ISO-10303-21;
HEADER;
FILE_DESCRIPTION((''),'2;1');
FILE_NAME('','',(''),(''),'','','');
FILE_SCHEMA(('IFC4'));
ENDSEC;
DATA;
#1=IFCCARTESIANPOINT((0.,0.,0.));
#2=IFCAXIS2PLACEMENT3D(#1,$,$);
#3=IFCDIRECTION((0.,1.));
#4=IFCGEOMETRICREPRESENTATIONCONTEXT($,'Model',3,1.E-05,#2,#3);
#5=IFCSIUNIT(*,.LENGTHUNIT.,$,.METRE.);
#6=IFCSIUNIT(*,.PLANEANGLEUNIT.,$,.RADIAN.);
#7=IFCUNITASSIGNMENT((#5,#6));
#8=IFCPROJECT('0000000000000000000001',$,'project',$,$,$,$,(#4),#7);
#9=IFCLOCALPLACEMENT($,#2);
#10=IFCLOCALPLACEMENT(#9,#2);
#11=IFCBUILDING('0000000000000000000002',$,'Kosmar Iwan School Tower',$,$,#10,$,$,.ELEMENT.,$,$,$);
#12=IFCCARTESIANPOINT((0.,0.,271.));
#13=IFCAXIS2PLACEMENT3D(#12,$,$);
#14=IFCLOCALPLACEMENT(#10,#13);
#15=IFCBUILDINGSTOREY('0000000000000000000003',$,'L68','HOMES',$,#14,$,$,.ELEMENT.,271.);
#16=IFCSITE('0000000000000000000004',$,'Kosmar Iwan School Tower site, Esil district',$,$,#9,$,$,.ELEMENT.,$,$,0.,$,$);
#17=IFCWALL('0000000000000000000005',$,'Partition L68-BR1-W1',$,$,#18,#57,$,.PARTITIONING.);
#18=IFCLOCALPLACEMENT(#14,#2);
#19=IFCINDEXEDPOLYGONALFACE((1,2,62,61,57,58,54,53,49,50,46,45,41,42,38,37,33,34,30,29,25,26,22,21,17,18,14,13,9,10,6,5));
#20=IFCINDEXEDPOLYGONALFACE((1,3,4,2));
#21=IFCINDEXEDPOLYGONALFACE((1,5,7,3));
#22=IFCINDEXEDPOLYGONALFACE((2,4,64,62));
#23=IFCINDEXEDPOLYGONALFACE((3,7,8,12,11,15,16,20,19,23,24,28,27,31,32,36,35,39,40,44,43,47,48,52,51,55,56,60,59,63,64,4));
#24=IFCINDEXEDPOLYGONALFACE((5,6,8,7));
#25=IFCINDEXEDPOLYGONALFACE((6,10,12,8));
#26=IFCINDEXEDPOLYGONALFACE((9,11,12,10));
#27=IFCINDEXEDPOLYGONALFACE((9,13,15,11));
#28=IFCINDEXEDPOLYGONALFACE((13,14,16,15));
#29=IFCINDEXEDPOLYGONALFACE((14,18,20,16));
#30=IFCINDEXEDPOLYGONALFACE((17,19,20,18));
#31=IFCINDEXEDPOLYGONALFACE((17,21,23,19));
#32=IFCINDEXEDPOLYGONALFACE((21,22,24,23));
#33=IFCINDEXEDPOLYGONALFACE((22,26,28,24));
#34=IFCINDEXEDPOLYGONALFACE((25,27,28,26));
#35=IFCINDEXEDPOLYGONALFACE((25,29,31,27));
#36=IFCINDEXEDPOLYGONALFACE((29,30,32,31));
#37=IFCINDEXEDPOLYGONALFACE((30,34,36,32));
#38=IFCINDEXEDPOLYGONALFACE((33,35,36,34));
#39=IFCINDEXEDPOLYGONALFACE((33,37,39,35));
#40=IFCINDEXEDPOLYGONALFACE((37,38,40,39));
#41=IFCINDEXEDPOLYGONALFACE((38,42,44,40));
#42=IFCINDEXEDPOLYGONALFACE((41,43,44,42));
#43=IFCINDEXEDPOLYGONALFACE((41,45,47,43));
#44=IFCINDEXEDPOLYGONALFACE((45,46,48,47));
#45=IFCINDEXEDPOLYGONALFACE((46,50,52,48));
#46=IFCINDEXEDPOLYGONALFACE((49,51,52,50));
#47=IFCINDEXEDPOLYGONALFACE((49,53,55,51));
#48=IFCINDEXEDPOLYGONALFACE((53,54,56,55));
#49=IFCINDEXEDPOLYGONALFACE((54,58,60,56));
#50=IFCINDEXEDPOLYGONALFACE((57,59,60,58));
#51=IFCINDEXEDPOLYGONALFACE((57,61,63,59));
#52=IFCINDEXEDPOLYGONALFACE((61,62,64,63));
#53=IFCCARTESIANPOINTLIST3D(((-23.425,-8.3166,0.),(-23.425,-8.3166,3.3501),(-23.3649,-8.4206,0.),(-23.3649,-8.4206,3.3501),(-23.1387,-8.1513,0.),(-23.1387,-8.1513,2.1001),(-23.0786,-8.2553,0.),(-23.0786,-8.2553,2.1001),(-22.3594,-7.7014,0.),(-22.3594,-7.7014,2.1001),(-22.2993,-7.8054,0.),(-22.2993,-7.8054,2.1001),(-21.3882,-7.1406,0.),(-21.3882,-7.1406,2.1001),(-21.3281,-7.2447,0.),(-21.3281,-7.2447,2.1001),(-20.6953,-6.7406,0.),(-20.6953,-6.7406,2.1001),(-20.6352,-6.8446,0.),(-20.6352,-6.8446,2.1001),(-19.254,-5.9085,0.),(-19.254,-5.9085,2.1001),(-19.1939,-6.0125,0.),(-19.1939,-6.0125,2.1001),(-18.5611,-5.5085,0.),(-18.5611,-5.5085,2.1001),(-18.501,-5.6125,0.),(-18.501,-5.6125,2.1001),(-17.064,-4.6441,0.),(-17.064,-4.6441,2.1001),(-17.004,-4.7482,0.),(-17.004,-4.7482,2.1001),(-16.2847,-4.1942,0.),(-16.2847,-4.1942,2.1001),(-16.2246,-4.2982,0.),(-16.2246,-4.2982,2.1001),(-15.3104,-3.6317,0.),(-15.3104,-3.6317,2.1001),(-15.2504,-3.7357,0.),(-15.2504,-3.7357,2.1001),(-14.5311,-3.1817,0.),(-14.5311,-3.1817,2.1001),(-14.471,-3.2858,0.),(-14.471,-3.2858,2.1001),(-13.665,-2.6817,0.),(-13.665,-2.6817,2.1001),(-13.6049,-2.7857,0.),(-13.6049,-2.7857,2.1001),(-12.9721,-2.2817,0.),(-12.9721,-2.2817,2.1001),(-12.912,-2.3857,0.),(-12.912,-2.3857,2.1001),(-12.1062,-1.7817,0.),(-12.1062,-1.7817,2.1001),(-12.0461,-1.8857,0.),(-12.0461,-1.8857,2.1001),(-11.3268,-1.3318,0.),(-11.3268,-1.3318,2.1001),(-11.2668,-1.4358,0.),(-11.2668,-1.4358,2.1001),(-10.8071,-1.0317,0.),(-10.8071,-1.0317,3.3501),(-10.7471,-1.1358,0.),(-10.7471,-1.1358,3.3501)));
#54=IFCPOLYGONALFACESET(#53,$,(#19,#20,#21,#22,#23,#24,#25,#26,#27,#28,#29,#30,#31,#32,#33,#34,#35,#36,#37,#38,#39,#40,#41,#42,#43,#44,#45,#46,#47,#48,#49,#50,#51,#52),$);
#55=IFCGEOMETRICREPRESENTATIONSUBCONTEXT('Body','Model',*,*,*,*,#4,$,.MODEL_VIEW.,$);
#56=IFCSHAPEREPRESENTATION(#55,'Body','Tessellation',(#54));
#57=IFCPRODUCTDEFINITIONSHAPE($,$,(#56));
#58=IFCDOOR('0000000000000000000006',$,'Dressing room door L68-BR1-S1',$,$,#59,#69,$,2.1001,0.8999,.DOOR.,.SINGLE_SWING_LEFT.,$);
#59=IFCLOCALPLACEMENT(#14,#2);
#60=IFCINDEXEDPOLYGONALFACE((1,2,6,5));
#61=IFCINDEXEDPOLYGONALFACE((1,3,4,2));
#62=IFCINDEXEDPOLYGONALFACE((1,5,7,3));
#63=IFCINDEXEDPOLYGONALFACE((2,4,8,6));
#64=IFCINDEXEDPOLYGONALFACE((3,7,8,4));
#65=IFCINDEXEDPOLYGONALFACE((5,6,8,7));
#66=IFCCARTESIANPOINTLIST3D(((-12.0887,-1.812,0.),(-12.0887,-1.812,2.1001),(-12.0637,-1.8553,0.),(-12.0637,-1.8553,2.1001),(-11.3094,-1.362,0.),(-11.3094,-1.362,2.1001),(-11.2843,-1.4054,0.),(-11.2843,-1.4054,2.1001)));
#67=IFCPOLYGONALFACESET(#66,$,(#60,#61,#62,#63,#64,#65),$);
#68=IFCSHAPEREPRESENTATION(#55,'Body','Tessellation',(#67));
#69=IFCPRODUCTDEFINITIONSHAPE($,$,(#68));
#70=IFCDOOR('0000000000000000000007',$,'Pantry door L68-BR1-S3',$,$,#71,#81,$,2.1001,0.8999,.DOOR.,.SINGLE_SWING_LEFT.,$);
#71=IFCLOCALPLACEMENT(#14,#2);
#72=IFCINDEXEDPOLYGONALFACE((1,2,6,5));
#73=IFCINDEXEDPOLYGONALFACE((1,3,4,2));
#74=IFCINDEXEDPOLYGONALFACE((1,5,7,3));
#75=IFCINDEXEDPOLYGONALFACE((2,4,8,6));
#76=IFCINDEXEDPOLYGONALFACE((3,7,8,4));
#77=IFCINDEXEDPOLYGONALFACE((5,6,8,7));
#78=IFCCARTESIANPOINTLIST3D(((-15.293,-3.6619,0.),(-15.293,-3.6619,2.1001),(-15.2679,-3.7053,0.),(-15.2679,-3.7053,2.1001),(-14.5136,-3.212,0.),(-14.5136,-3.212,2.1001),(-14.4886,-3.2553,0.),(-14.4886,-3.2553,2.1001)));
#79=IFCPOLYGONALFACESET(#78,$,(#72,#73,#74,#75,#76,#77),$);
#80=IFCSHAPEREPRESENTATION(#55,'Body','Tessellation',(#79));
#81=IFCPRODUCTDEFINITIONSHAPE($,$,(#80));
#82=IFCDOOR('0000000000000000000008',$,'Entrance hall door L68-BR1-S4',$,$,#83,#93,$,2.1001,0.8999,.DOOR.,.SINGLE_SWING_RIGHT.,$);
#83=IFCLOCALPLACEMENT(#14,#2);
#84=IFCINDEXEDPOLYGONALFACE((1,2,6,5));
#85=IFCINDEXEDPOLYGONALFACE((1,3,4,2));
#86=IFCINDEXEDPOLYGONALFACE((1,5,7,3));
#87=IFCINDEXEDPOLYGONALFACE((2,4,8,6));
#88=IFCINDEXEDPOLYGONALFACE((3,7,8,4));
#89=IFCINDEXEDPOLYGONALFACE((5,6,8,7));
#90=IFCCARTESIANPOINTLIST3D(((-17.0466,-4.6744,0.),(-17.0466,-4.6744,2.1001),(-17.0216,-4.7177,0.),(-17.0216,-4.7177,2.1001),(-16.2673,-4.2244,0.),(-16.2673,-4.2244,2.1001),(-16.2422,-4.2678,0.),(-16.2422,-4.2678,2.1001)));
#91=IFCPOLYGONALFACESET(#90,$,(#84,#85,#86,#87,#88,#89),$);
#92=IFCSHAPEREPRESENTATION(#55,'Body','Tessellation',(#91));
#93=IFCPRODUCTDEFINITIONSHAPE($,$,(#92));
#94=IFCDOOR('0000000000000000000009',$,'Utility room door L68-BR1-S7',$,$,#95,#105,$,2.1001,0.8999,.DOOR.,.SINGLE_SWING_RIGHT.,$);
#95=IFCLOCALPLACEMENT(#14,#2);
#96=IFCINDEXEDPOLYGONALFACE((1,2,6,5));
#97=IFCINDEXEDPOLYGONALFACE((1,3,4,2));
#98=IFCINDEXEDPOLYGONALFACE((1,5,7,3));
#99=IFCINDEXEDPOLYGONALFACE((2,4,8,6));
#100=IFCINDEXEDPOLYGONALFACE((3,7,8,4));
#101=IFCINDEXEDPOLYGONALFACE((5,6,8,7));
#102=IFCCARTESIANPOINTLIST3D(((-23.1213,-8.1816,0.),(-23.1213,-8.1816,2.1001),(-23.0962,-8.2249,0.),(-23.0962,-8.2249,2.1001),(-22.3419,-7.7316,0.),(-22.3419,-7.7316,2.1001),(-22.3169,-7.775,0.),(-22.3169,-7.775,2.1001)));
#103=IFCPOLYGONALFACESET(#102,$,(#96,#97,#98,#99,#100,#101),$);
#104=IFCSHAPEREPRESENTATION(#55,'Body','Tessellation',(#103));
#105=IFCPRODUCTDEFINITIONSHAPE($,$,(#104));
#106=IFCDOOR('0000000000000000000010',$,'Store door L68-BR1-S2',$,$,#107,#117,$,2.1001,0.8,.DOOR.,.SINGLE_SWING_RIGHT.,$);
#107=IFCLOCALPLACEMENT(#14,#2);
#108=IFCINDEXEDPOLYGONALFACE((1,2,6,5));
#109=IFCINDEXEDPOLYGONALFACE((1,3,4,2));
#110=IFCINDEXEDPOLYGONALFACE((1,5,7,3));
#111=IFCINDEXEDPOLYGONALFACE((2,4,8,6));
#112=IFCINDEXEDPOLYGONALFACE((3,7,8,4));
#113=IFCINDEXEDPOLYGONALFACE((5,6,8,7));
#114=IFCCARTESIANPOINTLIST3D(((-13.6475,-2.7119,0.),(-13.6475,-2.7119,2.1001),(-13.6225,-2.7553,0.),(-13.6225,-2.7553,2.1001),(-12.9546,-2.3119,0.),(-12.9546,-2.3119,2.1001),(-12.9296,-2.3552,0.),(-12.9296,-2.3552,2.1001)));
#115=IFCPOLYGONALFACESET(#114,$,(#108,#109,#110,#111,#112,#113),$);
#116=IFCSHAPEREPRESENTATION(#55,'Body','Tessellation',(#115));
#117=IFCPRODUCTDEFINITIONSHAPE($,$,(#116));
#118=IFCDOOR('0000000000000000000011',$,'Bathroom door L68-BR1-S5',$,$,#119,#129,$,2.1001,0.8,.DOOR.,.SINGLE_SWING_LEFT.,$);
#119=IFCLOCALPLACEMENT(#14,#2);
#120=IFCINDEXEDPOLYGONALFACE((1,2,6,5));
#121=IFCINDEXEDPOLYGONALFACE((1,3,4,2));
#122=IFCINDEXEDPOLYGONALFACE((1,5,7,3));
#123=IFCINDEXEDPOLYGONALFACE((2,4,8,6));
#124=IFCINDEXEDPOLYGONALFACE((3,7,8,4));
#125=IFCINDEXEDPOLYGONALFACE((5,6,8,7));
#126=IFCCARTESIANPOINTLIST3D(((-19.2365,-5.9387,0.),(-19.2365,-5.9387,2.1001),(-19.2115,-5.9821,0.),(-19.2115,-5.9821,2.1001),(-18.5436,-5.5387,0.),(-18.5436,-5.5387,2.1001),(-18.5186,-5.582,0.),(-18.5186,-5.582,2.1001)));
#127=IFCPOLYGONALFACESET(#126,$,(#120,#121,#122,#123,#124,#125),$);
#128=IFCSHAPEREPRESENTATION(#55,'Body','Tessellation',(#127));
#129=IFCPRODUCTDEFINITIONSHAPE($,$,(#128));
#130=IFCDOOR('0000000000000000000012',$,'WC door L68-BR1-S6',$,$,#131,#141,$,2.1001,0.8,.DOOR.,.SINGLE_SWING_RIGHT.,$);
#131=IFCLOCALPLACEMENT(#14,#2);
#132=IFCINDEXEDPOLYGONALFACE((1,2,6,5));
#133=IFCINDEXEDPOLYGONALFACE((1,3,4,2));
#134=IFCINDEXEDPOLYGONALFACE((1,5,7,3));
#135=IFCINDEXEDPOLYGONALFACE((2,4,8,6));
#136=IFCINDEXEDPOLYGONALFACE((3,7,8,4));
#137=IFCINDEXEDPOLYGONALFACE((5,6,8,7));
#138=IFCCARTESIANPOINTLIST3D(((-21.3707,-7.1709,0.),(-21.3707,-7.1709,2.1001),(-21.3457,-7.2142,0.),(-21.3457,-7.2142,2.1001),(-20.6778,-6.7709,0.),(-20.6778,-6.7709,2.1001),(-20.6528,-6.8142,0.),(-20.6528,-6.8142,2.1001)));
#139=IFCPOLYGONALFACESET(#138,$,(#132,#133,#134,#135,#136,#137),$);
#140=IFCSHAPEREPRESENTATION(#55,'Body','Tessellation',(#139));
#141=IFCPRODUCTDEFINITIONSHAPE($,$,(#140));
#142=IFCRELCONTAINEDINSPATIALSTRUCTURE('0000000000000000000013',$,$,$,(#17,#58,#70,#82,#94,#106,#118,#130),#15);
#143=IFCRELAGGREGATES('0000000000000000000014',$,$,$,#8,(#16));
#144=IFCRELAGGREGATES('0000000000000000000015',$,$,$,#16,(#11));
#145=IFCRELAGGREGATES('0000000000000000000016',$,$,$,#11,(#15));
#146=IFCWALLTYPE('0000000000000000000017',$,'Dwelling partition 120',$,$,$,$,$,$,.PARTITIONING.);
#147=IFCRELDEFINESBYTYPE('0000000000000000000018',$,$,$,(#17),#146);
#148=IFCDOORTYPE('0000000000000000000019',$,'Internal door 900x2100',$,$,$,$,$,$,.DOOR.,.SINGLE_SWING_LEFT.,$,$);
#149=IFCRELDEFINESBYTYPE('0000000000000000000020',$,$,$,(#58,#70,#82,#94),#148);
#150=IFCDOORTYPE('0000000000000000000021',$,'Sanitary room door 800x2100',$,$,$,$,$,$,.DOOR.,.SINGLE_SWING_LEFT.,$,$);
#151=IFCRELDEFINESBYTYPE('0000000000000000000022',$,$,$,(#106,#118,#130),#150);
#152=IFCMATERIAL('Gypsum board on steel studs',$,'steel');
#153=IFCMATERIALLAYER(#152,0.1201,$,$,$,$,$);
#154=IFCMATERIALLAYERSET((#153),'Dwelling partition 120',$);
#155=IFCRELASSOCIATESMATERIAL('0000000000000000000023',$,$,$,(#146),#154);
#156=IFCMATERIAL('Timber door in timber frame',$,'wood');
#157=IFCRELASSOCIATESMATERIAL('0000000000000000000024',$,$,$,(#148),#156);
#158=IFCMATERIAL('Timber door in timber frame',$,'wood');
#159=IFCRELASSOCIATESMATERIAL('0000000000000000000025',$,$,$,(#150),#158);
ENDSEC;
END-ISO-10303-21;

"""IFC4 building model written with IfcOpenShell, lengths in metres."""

from ifc_helpers import new_model, si_unit, direction, frame, frame_2d, origin, place, context, subcontext, project, spatial, rectangle, extrude, material, layer, layer_set, type_object, element, fill, save


model = new_model("IFC4")

# Units and contexts
model_context = context("Model", 3, precision=1e-05, world=origin(), true_north=direction((0.0, 1.0)))
body_context = subcontext(model_context, "Body", "Model", "MODEL_VIEW")
ifc_project = project(units=[si_unit("LENGTHUNIT", "METRE"), si_unit("PLANEANGLEUNIT", "RADIAN")], contexts=[model_context])

# Site, building, storey
site_placement = place(None, origin())
site = spatial("IfcSite", under=ifc_project, at=site_placement, Name="Kosmar Iwan School Tower site, Esil district", CompositionType="ELEMENT", RefElevation=0.0)
building_placement = place(site_placement, origin())
building = spatial("IfcBuilding", under=site, at=building_placement, Name="Kosmar Iwan School Tower", CompositionType="ELEMENT")
storey_placement = place(building_placement, frame((0.0, 0.0, 271.0)))
storey = spatial("IfcBuildingStorey", under=building, at=storey_placement, Name="L68", Description="HOMES", CompositionType="ELEMENT", Elevation=271.0)

# Wall, openings, doors
ifc_material_1 = material(Name="Gypsum board on steel studs", Category="steel")
ifc_layer_1 = layer(ifc_material_1, 0.1201)
ifc_layer_set_1 = layer_set([ifc_layer_1], Name="Dwelling partition 120")
wall_type_1 = type_object("IfcWallType", Name="Dwelling partition 120", PredefinedType="PARTITIONING", material=ifc_layer_set_1)
wall_1_placement = place(storey_placement, frame((-10.7771, -1.0837, 0.0), z_axis=(0.0, 0.0, 1.0), x_axis=(-0.866027, -0.499998, 0.0)))
wall_1 = element("IfcWall", 1, at=wall_1_placement, inside=storey, type_object=wall_type_1, Name="Partition L68-BR1-W1", PredefinedType="PARTITIONING", context=body_context, shape_type="SweptSolid", body=[
    extrude(rectangle(XDim=14.5698, YDim=0.1201, at=frame_2d((7.2849, 0.0))), origin(), (0.0, 0.0, 1.0), 3.3501),
])
opening_1_placement = place(wall_1_placement, frame((0.6001, 0.0, 0.0)))
opening_1 = element("IfcOpeningElement", 2, at=opening_1_placement, cuts=wall_1, PredefinedType="OPENING", context=body_context, shape_type="SweptSolid", body=[
    extrude(rectangle(XDim=0.8999, YDim=2.1001, at=frame_2d((0.45, 1.05))), frame((0.0, 0.072, 0.0), z_axis=(0.0, -1.0, 0.0), x_axis=(1.0, 0.0, 0.0)), (0.0, 0.0, 1.0), 0.144),
])
opening_2_placement = place(wall_1_placement, frame((2.5, 0.0, 0.0)))
opening_2 = element("IfcOpeningElement", 3, at=opening_2_placement, cuts=wall_1, PredefinedType="OPENING", context=body_context, shape_type="SweptSolid", body=[
    extrude(rectangle(XDim=0.8, YDim=2.1001, at=frame_2d((0.3999, 1.05))), frame((0.0, 0.072, 0.0), z_axis=(0.0, -1.0, 0.0), x_axis=(1.0, 0.0, 0.0)), (0.0, 0.0, 1.0), 0.144),
])
opening_3_placement = place(wall_1_placement, frame((4.3, 0.0, 0.0)))
opening_3 = element("IfcOpeningElement", 4, at=opening_3_placement, cuts=wall_1, PredefinedType="OPENING", context=body_context, shape_type="SweptSolid", body=[
    extrude(rectangle(XDim=0.8999, YDim=2.1001, at=frame_2d((0.45, 1.05))), frame((0.0, 0.072, 0.0), z_axis=(0.0, -1.0, 0.0), x_axis=(1.0, 0.0, 0.0)), (0.0, 0.0, 1.0), 0.144),
])
opening_4_placement = place(wall_1_placement, frame((6.325, 0.0, 0.0)))
opening_4 = element("IfcOpeningElement", 5, at=opening_4_placement, cuts=wall_1, PredefinedType="OPENING", context=body_context, shape_type="SweptSolid", body=[
    extrude(rectangle(XDim=0.8999, YDim=2.1001, at=frame_2d((0.45, 1.05))), frame((0.0, 0.072, 0.0), z_axis=(0.0, -1.0, 0.0), x_axis=(1.0, 0.0, 0.0)), (0.0, 0.0, 1.0), 0.144),
])
opening_5_placement = place(wall_1_placement, frame((8.9536, 0.0, 0.0)))
opening_5 = element("IfcOpeningElement", 6, at=opening_5_placement, cuts=wall_1, PredefinedType="OPENING", context=body_context, shape_type="SweptSolid", body=[
    extrude(rectangle(XDim=0.8, YDim=2.1001, at=frame_2d((0.3999, 1.05))), frame((0.0, 0.072, 0.0), z_axis=(0.0, -1.0, 0.0), x_axis=(1.0, 0.0, 0.0)), (0.0, 0.0, 1.0), 0.144),
])
opening_6_placement = place(wall_1_placement, frame((11.418, 0.0, 0.0)))
opening_6 = element("IfcOpeningElement", 7, at=opening_6_placement, cuts=wall_1, PredefinedType="OPENING", context=body_context, shape_type="SweptSolid", body=[
    extrude(rectangle(XDim=0.8, YDim=2.1001, at=frame_2d((0.3999, 1.05))), frame((0.0, 0.072, 0.0), z_axis=(0.0, -1.0, 0.0), x_axis=(1.0, 0.0, 0.0)), (0.0, 0.0, 1.0), 0.144),
])
opening_7_placement = place(wall_1_placement, frame((13.3394, 0.0, 0.0)))
opening_7 = element("IfcOpeningElement", 8, at=opening_7_placement, cuts=wall_1, PredefinedType="OPENING", context=body_context, shape_type="SweptSolid", body=[
    extrude(rectangle(XDim=0.8999, YDim=2.1001, at=frame_2d((0.45, 1.05))), frame((0.0, 0.072, 0.0), z_axis=(0.0, -1.0, 0.0), x_axis=(1.0, 0.0, 0.0)), (0.0, 0.0, 1.0), 0.144),
])
ifc_material_2 = material(Name="Timber door in timber frame", Category="wood")
door_type_1 = type_object("IfcDoorType", Name="Internal door 900x2100", OperationType="SINGLE_SWING_LEFT", PredefinedType="DOOR", material=ifc_material_2)
door_1_placement = place(opening_1_placement, origin())
door_1 = element("IfcDoor", 9, at=door_1_placement, inside=storey, type_object=door_type_1, Name="Dressing room door L68-BR1-S1", OperationType="SINGLE_SWING_LEFT", OverallHeight=2.1001, OverallWidth=0.8999, PredefinedType="DOOR", context=body_context, shape_type="SweptSolid", body=[
    extrude(rectangle(XDim=0.8999, YDim=2.1001, at=frame_2d((0.45, 1.05))), frame((0.0, 0.0249, 0.0), z_axis=(0.0, -1.0, 0.0), x_axis=(1.0, 0.0, 0.0)), (0.0, 0.0, 1.0), 0.05),
])
fill(opening_1, door_1)
door_2_placement = place(opening_3_placement, origin())
door_2 = element("IfcDoor", 10, at=door_2_placement, inside=storey, type_object=door_type_1, Name="Pantry door L68-BR1-S3", OperationType="SINGLE_SWING_LEFT", OverallHeight=2.1001, OverallWidth=0.8999, PredefinedType="DOOR", context=body_context, shape_type="SweptSolid", body=[
    extrude(rectangle(XDim=0.8999, YDim=2.1001, at=frame_2d((0.45, 1.05))), frame((0.0, 0.0249, 0.0), z_axis=(0.0, -1.0, 0.0), x_axis=(1.0, 0.0, 0.0)), (0.0, 0.0, 1.0), 0.05),
])
fill(opening_3, door_2)
door_3_placement = place(opening_4_placement, origin())
door_3 = element("IfcDoor", 11, at=door_3_placement, inside=storey, type_object=door_type_1, Name="Entrance hall door L68-BR1-S4", OperationType="SINGLE_SWING_RIGHT", OverallHeight=2.1001, OverallWidth=0.8999, PredefinedType="DOOR", context=body_context, shape_type="SweptSolid", body=[
    extrude(rectangle(XDim=0.8999, YDim=2.1001, at=frame_2d((0.45, 1.05))), frame((0.0, 0.0249, 0.0), z_axis=(0.0, -1.0, 0.0), x_axis=(1.0, 0.0, 0.0)), (0.0, 0.0, 1.0), 0.05),
])
fill(opening_4, door_3)
door_4_placement = place(opening_7_placement, origin())
door_4 = element("IfcDoor", 12, at=door_4_placement, inside=storey, type_object=door_type_1, Name="Utility room door L68-BR1-S7", OperationType="SINGLE_SWING_RIGHT", OverallHeight=2.1001, OverallWidth=0.8999, PredefinedType="DOOR", context=body_context, shape_type="SweptSolid", body=[
    extrude(rectangle(XDim=0.8999, YDim=2.1001, at=frame_2d((0.45, 1.05))), frame((0.0, 0.0249, 0.0), z_axis=(0.0, -1.0, 0.0), x_axis=(1.0, 0.0, 0.0)), (0.0, 0.0, 1.0), 0.05),
])
fill(opening_7, door_4)
ifc_material_3 = material(Name="Timber door in timber frame", Category="wood")
door_type_2 = type_object("IfcDoorType", Name="Sanitary room door 800x2100", OperationType="SINGLE_SWING_LEFT", PredefinedType="DOOR", material=ifc_material_3)
door_5_placement = place(opening_2_placement, origin())
door_5 = element("IfcDoor", 13, at=door_5_placement, inside=storey, type_object=door_type_2, Name="Store door L68-BR1-S2", OperationType="SINGLE_SWING_RIGHT", OverallHeight=2.1001, OverallWidth=0.8, PredefinedType="DOOR", context=body_context, shape_type="SweptSolid", body=[
    extrude(rectangle(XDim=0.8, YDim=2.1001, at=frame_2d((0.3999, 1.05))), frame((0.0, 0.0249, 0.0), z_axis=(0.0, -1.0, 0.0), x_axis=(1.0, 0.0, 0.0)), (0.0, 0.0, 1.0), 0.05),
])
fill(opening_2, door_5)
door_6_placement = place(opening_5_placement, origin())
door_6 = element("IfcDoor", 14, at=door_6_placement, inside=storey, type_object=door_type_2, Name="Bathroom door L68-BR1-S5", OperationType="SINGLE_SWING_LEFT", OverallHeight=2.1001, OverallWidth=0.8, PredefinedType="DOOR", context=body_context, shape_type="SweptSolid", body=[
    extrude(rectangle(XDim=0.8, YDim=2.1001, at=frame_2d((0.3999, 1.05))), frame((0.0, 0.0249, 0.0), z_axis=(0.0, -1.0, 0.0), x_axis=(1.0, 0.0, 0.0)), (0.0, 0.0, 1.0), 0.05),
])
fill(opening_5, door_6)
door_7_placement = place(opening_6_placement, origin())
door_7 = element("IfcDoor", 15, at=door_7_placement, inside=storey, type_object=door_type_2, Name="WC door L68-BR1-S6", OperationType="SINGLE_SWING_RIGHT", OverallHeight=2.1001, OverallWidth=0.8, PredefinedType="DOOR", context=body_context, shape_type="SweptSolid", body=[
    extrude(rectangle(XDim=0.8, YDim=2.1001, at=frame_2d((0.3999, 1.05))), frame((0.0, 0.0249, 0.0), z_axis=(0.0, -1.0, 0.0), x_axis=(1.0, 0.0, 0.0)), (0.0, 0.0, 1.0), 0.05),
])
fill(opening_6, door_7)

save(model, "model.ifc")
